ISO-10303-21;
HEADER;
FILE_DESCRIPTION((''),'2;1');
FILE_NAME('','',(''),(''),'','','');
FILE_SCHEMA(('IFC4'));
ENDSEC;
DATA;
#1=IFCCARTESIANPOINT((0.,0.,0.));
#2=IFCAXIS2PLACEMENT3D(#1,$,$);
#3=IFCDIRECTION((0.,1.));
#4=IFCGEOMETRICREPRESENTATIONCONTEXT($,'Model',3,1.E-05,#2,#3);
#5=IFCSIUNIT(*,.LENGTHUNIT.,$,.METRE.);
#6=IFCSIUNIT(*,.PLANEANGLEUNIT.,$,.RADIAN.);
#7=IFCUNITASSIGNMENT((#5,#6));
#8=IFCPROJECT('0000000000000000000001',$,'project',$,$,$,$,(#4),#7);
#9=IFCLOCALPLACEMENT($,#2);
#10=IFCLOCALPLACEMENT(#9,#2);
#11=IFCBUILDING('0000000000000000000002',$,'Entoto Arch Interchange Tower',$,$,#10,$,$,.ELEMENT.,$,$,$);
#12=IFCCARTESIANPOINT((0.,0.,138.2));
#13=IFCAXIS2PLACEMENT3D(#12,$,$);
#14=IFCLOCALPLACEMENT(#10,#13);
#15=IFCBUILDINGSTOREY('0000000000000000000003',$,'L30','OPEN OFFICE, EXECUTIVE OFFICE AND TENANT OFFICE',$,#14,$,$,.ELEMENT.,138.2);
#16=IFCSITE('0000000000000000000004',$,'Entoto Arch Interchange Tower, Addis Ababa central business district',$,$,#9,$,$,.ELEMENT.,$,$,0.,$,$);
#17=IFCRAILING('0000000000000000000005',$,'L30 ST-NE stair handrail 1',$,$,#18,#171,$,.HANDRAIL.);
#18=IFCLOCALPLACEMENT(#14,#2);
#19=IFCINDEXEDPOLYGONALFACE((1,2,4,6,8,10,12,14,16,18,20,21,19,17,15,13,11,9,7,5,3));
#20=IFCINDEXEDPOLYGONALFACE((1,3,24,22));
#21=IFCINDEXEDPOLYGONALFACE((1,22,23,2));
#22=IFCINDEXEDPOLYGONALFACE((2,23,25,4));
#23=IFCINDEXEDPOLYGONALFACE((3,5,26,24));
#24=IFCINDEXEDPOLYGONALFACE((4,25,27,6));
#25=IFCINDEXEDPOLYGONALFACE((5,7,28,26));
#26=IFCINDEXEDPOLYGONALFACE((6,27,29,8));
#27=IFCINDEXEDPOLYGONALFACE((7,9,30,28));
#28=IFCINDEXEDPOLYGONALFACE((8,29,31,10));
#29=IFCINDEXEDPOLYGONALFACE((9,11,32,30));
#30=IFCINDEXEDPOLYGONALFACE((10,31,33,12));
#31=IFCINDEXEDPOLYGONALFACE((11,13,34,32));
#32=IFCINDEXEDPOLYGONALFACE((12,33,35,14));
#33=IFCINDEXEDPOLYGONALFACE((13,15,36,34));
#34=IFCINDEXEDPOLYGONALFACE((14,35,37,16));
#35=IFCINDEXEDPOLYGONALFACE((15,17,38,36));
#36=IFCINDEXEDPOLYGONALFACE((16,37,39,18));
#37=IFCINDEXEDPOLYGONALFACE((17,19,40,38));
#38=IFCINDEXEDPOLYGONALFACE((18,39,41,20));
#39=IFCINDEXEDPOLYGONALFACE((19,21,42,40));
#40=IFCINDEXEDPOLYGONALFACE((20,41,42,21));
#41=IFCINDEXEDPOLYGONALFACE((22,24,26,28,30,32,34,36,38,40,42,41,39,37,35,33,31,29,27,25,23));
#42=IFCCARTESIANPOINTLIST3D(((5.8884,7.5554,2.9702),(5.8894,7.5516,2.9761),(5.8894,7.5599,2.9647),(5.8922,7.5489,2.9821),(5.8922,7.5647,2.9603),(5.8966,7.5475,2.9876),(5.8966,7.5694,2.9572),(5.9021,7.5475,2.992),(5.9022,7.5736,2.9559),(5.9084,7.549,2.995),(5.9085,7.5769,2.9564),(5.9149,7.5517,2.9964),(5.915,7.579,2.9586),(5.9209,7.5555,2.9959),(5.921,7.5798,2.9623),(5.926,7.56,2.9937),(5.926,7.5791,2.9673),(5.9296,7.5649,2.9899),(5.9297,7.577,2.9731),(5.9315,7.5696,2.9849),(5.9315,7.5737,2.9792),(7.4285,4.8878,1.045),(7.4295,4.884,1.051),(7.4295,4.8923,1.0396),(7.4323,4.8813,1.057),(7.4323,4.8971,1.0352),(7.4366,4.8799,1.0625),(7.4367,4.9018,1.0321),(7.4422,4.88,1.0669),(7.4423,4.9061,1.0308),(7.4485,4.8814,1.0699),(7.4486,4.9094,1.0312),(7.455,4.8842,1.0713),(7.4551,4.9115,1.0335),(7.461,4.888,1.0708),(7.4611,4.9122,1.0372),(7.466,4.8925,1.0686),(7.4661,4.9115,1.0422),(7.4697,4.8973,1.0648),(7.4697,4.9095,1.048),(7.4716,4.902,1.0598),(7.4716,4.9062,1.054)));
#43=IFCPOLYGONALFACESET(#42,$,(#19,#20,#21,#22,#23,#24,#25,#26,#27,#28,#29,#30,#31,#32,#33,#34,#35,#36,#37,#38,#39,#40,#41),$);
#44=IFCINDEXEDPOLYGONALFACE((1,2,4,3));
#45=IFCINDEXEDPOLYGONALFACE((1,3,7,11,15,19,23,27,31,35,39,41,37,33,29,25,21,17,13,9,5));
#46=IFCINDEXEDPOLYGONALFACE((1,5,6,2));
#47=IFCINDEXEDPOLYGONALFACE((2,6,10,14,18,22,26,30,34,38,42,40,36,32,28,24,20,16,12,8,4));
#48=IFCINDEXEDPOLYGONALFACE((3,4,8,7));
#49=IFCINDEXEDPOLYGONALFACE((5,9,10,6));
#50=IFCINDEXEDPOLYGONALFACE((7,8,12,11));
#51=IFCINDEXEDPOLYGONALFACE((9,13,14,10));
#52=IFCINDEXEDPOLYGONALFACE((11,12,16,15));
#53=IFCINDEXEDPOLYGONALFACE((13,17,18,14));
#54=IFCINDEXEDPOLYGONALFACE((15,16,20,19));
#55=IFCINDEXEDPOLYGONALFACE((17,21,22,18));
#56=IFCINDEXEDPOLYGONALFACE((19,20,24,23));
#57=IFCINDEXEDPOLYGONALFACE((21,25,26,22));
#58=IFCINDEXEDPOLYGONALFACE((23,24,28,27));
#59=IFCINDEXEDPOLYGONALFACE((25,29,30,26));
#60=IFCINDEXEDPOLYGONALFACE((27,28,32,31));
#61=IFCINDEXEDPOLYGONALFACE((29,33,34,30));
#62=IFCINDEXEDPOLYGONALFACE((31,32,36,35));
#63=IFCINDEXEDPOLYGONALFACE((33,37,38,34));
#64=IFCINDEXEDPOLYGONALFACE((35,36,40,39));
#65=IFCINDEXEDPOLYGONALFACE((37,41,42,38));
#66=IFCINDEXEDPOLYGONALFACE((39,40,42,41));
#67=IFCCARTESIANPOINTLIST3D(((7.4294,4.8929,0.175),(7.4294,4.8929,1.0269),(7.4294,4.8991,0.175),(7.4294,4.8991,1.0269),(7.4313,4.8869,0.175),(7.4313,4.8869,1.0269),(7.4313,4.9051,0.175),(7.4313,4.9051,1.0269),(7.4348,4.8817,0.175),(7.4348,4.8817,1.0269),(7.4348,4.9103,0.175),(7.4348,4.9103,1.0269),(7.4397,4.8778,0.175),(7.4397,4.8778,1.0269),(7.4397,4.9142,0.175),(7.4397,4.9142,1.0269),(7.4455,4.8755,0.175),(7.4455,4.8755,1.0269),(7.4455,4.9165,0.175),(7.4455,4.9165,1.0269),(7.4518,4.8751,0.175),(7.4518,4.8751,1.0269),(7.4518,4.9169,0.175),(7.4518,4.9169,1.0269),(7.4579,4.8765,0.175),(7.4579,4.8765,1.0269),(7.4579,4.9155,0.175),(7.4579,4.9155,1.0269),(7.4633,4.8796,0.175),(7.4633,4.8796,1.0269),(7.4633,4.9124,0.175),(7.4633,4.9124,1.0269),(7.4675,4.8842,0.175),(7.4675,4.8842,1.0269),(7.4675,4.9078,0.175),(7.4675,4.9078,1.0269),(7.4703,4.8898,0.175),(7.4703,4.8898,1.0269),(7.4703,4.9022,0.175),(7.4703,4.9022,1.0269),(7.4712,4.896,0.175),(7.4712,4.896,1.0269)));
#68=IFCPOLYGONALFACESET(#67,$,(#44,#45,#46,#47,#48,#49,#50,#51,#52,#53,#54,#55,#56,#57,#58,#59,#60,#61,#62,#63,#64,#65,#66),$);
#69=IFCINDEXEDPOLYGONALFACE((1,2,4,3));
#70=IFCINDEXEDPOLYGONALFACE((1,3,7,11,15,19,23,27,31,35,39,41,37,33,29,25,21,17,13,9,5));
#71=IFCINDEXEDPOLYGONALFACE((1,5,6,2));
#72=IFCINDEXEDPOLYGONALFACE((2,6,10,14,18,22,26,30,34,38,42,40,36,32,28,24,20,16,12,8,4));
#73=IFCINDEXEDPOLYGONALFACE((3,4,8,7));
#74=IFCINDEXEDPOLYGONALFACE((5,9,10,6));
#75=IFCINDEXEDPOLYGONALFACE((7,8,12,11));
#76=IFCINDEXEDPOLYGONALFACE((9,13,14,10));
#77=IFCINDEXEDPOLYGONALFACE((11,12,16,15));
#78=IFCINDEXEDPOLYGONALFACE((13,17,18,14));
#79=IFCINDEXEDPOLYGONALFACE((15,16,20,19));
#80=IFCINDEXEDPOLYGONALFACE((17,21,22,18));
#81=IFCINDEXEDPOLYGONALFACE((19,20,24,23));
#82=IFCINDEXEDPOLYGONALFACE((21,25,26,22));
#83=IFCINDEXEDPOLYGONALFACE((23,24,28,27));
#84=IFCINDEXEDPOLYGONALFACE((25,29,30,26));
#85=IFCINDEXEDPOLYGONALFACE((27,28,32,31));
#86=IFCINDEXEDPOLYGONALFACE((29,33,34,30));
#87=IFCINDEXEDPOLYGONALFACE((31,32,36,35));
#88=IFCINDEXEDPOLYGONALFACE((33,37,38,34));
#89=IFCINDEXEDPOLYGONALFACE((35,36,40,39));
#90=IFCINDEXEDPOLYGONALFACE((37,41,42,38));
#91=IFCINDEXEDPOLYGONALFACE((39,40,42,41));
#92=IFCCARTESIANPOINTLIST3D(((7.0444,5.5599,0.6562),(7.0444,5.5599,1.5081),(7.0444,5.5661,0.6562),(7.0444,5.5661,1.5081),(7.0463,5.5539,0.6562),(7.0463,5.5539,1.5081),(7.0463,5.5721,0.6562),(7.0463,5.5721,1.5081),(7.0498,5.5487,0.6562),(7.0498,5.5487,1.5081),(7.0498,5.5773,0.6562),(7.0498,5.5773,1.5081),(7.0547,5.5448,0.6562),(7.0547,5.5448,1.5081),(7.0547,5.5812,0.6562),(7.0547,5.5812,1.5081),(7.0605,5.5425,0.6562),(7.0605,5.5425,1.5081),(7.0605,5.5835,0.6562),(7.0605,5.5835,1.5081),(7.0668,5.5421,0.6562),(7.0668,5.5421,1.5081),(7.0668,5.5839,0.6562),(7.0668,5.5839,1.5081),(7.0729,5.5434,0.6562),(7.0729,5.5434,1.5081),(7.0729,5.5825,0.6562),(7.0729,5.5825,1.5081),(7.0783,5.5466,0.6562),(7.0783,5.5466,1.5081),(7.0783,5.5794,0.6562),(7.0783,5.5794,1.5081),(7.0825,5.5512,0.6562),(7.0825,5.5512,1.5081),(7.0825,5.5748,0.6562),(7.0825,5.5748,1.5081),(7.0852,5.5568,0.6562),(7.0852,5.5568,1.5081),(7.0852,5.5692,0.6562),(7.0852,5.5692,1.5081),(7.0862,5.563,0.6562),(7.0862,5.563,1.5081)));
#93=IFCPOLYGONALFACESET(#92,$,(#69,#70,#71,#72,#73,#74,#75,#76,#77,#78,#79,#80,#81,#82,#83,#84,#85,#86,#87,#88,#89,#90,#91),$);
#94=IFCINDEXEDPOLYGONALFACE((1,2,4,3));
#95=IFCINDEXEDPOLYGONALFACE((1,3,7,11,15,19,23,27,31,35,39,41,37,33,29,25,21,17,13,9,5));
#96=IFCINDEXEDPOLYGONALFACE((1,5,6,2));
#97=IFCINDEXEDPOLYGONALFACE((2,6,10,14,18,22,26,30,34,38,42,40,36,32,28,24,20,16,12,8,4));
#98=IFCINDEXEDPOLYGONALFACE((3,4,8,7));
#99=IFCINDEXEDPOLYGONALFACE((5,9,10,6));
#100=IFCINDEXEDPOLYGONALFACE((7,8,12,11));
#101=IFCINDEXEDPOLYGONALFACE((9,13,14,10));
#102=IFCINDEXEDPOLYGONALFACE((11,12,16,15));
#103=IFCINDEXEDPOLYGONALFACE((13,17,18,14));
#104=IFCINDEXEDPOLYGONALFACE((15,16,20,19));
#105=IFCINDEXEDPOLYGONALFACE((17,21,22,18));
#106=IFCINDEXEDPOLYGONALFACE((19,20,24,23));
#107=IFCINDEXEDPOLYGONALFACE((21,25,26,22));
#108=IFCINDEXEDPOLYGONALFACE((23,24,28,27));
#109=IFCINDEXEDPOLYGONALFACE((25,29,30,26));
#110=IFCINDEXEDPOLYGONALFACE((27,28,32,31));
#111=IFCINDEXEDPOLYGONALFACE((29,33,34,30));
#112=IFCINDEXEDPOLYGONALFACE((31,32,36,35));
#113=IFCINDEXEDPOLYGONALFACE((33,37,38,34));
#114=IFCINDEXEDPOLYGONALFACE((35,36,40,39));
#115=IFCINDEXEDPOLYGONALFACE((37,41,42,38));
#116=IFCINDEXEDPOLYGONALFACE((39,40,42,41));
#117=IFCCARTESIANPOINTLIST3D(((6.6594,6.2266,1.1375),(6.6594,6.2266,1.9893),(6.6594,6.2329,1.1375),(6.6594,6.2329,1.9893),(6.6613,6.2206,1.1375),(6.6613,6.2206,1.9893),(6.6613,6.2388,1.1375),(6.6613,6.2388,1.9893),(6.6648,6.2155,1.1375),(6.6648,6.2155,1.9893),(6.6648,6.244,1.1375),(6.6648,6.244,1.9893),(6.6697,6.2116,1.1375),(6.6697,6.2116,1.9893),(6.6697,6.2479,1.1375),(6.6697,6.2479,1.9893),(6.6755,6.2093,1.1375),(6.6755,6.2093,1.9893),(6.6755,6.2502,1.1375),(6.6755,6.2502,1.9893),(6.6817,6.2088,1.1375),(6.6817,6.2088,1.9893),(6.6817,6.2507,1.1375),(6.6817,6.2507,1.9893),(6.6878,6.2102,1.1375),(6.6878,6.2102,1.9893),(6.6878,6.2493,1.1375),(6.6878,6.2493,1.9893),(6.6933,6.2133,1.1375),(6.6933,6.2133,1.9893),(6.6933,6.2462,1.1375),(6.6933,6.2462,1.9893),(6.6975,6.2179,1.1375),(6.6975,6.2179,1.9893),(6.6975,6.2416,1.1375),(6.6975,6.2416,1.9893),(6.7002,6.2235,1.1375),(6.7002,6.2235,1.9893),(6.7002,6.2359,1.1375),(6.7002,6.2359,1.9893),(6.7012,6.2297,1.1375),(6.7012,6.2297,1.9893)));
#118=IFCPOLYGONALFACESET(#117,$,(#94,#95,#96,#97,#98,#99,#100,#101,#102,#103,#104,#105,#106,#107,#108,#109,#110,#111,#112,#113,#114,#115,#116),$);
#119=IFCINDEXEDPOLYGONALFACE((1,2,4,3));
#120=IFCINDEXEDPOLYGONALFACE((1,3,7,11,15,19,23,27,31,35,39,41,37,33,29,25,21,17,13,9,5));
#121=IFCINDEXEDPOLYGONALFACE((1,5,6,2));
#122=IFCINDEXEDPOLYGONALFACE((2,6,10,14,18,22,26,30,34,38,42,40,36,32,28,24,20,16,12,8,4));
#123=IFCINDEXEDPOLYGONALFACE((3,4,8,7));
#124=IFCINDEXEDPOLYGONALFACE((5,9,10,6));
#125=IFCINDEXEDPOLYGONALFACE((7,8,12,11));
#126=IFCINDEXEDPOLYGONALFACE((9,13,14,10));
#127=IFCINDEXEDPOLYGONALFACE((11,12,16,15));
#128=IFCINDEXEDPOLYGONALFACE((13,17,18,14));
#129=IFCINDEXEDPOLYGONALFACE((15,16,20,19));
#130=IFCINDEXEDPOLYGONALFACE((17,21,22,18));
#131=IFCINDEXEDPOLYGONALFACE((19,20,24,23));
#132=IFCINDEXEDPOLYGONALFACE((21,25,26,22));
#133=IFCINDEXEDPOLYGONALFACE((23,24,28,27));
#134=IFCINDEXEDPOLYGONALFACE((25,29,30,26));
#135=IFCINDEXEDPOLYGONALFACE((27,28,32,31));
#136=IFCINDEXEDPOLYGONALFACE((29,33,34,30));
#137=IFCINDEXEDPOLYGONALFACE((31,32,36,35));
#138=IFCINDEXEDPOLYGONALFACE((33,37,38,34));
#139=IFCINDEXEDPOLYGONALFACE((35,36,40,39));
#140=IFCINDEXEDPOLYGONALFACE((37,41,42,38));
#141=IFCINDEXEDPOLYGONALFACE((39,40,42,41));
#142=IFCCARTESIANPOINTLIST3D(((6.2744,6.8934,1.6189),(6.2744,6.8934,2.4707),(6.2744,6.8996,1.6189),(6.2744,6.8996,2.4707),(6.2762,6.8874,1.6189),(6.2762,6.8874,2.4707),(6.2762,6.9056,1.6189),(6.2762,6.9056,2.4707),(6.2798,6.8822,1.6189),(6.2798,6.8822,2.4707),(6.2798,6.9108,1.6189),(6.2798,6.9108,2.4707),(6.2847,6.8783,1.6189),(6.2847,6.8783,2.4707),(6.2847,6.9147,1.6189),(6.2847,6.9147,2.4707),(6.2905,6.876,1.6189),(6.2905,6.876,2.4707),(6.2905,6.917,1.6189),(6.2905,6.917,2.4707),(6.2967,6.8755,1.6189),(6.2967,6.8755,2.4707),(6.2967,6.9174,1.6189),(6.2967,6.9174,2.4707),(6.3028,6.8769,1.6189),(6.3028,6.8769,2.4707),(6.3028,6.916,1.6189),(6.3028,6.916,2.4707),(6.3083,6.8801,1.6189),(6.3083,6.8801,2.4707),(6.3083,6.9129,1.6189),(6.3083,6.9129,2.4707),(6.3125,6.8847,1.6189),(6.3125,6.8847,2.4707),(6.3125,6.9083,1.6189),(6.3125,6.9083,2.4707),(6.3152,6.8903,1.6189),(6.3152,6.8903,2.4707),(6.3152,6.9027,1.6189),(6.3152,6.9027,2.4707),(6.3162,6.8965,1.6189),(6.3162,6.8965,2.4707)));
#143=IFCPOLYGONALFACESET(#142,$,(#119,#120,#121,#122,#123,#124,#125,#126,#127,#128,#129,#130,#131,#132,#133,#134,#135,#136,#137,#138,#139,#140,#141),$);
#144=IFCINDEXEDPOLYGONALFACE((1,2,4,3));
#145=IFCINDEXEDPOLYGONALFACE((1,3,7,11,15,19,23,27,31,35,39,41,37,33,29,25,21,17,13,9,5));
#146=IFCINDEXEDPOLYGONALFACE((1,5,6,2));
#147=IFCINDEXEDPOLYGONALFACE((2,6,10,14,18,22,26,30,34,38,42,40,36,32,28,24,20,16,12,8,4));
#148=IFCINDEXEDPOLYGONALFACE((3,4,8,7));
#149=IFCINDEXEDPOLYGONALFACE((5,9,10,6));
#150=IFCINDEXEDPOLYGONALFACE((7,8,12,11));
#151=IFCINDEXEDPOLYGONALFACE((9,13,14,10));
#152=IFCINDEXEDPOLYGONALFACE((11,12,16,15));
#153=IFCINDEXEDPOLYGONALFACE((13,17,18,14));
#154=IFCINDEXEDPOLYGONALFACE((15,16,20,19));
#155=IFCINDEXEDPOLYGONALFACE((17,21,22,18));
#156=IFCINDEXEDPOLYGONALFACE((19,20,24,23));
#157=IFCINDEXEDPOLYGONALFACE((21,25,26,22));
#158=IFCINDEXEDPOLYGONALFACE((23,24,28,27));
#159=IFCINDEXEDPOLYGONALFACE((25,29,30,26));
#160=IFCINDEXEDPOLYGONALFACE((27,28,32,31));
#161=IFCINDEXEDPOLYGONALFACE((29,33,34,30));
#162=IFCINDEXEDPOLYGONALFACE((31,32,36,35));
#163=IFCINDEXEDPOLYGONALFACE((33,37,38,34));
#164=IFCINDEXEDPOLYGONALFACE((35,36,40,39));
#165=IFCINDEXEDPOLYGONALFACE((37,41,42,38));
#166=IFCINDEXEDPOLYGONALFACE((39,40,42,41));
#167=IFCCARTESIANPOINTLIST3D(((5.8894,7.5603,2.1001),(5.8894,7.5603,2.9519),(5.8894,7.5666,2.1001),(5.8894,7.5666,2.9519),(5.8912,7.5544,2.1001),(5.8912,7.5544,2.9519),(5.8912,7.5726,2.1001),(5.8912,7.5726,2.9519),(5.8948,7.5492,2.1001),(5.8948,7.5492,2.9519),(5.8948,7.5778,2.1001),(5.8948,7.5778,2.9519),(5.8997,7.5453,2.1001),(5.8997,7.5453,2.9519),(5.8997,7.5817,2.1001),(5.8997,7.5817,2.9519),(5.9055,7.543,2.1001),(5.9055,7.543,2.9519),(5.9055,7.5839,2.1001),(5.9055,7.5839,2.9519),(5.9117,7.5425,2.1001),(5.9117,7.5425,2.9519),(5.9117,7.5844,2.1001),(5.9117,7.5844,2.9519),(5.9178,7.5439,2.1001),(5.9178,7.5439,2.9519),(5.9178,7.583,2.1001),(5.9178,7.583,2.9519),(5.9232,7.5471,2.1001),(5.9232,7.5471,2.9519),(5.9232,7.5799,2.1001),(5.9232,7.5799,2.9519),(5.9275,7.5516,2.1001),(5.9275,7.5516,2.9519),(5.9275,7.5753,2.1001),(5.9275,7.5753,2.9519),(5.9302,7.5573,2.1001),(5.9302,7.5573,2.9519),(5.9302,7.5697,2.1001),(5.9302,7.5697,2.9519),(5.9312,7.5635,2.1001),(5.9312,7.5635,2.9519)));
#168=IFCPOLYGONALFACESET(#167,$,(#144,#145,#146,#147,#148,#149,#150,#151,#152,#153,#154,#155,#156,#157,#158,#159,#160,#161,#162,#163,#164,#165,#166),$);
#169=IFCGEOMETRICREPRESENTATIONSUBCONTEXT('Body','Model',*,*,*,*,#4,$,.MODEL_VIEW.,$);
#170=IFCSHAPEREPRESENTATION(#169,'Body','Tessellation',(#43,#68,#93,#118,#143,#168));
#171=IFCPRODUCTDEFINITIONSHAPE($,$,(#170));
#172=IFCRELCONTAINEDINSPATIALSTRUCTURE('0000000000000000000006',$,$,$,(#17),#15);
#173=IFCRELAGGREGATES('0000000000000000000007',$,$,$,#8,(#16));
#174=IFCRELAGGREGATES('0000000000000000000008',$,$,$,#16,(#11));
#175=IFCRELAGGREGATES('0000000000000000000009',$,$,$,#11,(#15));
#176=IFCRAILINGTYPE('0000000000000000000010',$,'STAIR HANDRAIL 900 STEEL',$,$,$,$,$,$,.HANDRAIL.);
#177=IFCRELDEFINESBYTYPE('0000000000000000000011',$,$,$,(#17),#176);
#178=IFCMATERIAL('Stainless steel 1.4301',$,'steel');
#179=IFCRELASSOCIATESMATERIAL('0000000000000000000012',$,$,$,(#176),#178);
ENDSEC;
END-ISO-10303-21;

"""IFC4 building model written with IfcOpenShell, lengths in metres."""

from ifc_helpers import new_model, si_unit, direction, frame, origin, origin_2d, place, context, subcontext, project, spatial, circle, extrude, material, type_object, element, save


model = new_model("IFC4")

# Units and contexts
model_context = context("Model", 3, precision=1e-05, world=origin(), true_north=direction((0.0, 1.0)))
body_context = subcontext(model_context, "Body", "Model", "MODEL_VIEW")
ifc_project = project(units=[si_unit("LENGTHUNIT", "METRE"), si_unit("PLANEANGLEUNIT", "RADIAN")], contexts=[model_context])

# Site, building, storey
site_placement = place(None, origin())
site = spatial("IfcSite", under=ifc_project, at=site_placement, Name="Entoto Arch Interchange Tower, Addis Ababa central business district", CompositionType="ELEMENT", RefElevation=0.0)
building_placement = place(site_placement, origin())
building = spatial("IfcBuilding", under=site, at=building_placement, Name="Entoto Arch Interchange Tower", CompositionType="ELEMENT")
storey_placement = place(building_placement, frame((0.0, 0.0, 138.2)))
storey = spatial("IfcBuildingStorey", under=building, at=storey_placement, Name="L30", Description="OPEN OFFICE, EXECUTIVE OFFICE AND TENANT OFFICE", CompositionType="ELEMENT", Elevation=138.2)

# Railing
ifc_material_1 = material(Name="Stainless steel 1.4301", Category="steel")
railing_type_1 = type_object("IfcRailingType", Name="STAIR HANDRAIL 900 STEEL", PredefinedType="HANDRAIL", material=ifc_material_1)
railing_1_placement = place(storey_placement, frame((7.4502, 4.896, 0.175)))
element("IfcRailing", 1, at=railing_1_placement, inside=storey, type_object=railing_type_1, Name="L30 ST-NE stair handrail 1", PredefinedType="HANDRAIL", context=body_context, shape_type="SweptSolid", body=[
    extrude(circle(Radius=0.0239, at=origin_2d()), frame((0.0, 0.0, 0.876), z_axis=(-0.423994, 0.734395, 0.529993), x_axis=(-0.86603, -0.499992, 0.0)), (0.0, 0.0, 1.0), 3.6323),
    extrude(circle(Radius=0.021, at=origin_2d()), origin(), (0.0, 0.0, 1.0), 0.8518),
    extrude(circle(Radius=0.021, at=origin_2d()), frame((-0.385, 0.667, 0.4812)), (0.0, 0.0, 1.0), 0.8518),
    extrude(circle(Radius=0.021, at=origin_2d()), frame((-0.77, 1.3337, 0.9624)), (0.0, 0.0, 1.0), 0.8518),
    extrude(circle(Radius=0.021, at=origin_2d()), frame((-1.155, 2.0005, 1.4438)), (0.0, 0.0, 1.0), 0.8518),
    extrude(circle(Radius=0.021, at=origin_2d()), frame((-1.54, 2.6675, 1.925)), (0.0, 0.0, 1.0), 0.8518),
])

save(model, "model.ifc")
